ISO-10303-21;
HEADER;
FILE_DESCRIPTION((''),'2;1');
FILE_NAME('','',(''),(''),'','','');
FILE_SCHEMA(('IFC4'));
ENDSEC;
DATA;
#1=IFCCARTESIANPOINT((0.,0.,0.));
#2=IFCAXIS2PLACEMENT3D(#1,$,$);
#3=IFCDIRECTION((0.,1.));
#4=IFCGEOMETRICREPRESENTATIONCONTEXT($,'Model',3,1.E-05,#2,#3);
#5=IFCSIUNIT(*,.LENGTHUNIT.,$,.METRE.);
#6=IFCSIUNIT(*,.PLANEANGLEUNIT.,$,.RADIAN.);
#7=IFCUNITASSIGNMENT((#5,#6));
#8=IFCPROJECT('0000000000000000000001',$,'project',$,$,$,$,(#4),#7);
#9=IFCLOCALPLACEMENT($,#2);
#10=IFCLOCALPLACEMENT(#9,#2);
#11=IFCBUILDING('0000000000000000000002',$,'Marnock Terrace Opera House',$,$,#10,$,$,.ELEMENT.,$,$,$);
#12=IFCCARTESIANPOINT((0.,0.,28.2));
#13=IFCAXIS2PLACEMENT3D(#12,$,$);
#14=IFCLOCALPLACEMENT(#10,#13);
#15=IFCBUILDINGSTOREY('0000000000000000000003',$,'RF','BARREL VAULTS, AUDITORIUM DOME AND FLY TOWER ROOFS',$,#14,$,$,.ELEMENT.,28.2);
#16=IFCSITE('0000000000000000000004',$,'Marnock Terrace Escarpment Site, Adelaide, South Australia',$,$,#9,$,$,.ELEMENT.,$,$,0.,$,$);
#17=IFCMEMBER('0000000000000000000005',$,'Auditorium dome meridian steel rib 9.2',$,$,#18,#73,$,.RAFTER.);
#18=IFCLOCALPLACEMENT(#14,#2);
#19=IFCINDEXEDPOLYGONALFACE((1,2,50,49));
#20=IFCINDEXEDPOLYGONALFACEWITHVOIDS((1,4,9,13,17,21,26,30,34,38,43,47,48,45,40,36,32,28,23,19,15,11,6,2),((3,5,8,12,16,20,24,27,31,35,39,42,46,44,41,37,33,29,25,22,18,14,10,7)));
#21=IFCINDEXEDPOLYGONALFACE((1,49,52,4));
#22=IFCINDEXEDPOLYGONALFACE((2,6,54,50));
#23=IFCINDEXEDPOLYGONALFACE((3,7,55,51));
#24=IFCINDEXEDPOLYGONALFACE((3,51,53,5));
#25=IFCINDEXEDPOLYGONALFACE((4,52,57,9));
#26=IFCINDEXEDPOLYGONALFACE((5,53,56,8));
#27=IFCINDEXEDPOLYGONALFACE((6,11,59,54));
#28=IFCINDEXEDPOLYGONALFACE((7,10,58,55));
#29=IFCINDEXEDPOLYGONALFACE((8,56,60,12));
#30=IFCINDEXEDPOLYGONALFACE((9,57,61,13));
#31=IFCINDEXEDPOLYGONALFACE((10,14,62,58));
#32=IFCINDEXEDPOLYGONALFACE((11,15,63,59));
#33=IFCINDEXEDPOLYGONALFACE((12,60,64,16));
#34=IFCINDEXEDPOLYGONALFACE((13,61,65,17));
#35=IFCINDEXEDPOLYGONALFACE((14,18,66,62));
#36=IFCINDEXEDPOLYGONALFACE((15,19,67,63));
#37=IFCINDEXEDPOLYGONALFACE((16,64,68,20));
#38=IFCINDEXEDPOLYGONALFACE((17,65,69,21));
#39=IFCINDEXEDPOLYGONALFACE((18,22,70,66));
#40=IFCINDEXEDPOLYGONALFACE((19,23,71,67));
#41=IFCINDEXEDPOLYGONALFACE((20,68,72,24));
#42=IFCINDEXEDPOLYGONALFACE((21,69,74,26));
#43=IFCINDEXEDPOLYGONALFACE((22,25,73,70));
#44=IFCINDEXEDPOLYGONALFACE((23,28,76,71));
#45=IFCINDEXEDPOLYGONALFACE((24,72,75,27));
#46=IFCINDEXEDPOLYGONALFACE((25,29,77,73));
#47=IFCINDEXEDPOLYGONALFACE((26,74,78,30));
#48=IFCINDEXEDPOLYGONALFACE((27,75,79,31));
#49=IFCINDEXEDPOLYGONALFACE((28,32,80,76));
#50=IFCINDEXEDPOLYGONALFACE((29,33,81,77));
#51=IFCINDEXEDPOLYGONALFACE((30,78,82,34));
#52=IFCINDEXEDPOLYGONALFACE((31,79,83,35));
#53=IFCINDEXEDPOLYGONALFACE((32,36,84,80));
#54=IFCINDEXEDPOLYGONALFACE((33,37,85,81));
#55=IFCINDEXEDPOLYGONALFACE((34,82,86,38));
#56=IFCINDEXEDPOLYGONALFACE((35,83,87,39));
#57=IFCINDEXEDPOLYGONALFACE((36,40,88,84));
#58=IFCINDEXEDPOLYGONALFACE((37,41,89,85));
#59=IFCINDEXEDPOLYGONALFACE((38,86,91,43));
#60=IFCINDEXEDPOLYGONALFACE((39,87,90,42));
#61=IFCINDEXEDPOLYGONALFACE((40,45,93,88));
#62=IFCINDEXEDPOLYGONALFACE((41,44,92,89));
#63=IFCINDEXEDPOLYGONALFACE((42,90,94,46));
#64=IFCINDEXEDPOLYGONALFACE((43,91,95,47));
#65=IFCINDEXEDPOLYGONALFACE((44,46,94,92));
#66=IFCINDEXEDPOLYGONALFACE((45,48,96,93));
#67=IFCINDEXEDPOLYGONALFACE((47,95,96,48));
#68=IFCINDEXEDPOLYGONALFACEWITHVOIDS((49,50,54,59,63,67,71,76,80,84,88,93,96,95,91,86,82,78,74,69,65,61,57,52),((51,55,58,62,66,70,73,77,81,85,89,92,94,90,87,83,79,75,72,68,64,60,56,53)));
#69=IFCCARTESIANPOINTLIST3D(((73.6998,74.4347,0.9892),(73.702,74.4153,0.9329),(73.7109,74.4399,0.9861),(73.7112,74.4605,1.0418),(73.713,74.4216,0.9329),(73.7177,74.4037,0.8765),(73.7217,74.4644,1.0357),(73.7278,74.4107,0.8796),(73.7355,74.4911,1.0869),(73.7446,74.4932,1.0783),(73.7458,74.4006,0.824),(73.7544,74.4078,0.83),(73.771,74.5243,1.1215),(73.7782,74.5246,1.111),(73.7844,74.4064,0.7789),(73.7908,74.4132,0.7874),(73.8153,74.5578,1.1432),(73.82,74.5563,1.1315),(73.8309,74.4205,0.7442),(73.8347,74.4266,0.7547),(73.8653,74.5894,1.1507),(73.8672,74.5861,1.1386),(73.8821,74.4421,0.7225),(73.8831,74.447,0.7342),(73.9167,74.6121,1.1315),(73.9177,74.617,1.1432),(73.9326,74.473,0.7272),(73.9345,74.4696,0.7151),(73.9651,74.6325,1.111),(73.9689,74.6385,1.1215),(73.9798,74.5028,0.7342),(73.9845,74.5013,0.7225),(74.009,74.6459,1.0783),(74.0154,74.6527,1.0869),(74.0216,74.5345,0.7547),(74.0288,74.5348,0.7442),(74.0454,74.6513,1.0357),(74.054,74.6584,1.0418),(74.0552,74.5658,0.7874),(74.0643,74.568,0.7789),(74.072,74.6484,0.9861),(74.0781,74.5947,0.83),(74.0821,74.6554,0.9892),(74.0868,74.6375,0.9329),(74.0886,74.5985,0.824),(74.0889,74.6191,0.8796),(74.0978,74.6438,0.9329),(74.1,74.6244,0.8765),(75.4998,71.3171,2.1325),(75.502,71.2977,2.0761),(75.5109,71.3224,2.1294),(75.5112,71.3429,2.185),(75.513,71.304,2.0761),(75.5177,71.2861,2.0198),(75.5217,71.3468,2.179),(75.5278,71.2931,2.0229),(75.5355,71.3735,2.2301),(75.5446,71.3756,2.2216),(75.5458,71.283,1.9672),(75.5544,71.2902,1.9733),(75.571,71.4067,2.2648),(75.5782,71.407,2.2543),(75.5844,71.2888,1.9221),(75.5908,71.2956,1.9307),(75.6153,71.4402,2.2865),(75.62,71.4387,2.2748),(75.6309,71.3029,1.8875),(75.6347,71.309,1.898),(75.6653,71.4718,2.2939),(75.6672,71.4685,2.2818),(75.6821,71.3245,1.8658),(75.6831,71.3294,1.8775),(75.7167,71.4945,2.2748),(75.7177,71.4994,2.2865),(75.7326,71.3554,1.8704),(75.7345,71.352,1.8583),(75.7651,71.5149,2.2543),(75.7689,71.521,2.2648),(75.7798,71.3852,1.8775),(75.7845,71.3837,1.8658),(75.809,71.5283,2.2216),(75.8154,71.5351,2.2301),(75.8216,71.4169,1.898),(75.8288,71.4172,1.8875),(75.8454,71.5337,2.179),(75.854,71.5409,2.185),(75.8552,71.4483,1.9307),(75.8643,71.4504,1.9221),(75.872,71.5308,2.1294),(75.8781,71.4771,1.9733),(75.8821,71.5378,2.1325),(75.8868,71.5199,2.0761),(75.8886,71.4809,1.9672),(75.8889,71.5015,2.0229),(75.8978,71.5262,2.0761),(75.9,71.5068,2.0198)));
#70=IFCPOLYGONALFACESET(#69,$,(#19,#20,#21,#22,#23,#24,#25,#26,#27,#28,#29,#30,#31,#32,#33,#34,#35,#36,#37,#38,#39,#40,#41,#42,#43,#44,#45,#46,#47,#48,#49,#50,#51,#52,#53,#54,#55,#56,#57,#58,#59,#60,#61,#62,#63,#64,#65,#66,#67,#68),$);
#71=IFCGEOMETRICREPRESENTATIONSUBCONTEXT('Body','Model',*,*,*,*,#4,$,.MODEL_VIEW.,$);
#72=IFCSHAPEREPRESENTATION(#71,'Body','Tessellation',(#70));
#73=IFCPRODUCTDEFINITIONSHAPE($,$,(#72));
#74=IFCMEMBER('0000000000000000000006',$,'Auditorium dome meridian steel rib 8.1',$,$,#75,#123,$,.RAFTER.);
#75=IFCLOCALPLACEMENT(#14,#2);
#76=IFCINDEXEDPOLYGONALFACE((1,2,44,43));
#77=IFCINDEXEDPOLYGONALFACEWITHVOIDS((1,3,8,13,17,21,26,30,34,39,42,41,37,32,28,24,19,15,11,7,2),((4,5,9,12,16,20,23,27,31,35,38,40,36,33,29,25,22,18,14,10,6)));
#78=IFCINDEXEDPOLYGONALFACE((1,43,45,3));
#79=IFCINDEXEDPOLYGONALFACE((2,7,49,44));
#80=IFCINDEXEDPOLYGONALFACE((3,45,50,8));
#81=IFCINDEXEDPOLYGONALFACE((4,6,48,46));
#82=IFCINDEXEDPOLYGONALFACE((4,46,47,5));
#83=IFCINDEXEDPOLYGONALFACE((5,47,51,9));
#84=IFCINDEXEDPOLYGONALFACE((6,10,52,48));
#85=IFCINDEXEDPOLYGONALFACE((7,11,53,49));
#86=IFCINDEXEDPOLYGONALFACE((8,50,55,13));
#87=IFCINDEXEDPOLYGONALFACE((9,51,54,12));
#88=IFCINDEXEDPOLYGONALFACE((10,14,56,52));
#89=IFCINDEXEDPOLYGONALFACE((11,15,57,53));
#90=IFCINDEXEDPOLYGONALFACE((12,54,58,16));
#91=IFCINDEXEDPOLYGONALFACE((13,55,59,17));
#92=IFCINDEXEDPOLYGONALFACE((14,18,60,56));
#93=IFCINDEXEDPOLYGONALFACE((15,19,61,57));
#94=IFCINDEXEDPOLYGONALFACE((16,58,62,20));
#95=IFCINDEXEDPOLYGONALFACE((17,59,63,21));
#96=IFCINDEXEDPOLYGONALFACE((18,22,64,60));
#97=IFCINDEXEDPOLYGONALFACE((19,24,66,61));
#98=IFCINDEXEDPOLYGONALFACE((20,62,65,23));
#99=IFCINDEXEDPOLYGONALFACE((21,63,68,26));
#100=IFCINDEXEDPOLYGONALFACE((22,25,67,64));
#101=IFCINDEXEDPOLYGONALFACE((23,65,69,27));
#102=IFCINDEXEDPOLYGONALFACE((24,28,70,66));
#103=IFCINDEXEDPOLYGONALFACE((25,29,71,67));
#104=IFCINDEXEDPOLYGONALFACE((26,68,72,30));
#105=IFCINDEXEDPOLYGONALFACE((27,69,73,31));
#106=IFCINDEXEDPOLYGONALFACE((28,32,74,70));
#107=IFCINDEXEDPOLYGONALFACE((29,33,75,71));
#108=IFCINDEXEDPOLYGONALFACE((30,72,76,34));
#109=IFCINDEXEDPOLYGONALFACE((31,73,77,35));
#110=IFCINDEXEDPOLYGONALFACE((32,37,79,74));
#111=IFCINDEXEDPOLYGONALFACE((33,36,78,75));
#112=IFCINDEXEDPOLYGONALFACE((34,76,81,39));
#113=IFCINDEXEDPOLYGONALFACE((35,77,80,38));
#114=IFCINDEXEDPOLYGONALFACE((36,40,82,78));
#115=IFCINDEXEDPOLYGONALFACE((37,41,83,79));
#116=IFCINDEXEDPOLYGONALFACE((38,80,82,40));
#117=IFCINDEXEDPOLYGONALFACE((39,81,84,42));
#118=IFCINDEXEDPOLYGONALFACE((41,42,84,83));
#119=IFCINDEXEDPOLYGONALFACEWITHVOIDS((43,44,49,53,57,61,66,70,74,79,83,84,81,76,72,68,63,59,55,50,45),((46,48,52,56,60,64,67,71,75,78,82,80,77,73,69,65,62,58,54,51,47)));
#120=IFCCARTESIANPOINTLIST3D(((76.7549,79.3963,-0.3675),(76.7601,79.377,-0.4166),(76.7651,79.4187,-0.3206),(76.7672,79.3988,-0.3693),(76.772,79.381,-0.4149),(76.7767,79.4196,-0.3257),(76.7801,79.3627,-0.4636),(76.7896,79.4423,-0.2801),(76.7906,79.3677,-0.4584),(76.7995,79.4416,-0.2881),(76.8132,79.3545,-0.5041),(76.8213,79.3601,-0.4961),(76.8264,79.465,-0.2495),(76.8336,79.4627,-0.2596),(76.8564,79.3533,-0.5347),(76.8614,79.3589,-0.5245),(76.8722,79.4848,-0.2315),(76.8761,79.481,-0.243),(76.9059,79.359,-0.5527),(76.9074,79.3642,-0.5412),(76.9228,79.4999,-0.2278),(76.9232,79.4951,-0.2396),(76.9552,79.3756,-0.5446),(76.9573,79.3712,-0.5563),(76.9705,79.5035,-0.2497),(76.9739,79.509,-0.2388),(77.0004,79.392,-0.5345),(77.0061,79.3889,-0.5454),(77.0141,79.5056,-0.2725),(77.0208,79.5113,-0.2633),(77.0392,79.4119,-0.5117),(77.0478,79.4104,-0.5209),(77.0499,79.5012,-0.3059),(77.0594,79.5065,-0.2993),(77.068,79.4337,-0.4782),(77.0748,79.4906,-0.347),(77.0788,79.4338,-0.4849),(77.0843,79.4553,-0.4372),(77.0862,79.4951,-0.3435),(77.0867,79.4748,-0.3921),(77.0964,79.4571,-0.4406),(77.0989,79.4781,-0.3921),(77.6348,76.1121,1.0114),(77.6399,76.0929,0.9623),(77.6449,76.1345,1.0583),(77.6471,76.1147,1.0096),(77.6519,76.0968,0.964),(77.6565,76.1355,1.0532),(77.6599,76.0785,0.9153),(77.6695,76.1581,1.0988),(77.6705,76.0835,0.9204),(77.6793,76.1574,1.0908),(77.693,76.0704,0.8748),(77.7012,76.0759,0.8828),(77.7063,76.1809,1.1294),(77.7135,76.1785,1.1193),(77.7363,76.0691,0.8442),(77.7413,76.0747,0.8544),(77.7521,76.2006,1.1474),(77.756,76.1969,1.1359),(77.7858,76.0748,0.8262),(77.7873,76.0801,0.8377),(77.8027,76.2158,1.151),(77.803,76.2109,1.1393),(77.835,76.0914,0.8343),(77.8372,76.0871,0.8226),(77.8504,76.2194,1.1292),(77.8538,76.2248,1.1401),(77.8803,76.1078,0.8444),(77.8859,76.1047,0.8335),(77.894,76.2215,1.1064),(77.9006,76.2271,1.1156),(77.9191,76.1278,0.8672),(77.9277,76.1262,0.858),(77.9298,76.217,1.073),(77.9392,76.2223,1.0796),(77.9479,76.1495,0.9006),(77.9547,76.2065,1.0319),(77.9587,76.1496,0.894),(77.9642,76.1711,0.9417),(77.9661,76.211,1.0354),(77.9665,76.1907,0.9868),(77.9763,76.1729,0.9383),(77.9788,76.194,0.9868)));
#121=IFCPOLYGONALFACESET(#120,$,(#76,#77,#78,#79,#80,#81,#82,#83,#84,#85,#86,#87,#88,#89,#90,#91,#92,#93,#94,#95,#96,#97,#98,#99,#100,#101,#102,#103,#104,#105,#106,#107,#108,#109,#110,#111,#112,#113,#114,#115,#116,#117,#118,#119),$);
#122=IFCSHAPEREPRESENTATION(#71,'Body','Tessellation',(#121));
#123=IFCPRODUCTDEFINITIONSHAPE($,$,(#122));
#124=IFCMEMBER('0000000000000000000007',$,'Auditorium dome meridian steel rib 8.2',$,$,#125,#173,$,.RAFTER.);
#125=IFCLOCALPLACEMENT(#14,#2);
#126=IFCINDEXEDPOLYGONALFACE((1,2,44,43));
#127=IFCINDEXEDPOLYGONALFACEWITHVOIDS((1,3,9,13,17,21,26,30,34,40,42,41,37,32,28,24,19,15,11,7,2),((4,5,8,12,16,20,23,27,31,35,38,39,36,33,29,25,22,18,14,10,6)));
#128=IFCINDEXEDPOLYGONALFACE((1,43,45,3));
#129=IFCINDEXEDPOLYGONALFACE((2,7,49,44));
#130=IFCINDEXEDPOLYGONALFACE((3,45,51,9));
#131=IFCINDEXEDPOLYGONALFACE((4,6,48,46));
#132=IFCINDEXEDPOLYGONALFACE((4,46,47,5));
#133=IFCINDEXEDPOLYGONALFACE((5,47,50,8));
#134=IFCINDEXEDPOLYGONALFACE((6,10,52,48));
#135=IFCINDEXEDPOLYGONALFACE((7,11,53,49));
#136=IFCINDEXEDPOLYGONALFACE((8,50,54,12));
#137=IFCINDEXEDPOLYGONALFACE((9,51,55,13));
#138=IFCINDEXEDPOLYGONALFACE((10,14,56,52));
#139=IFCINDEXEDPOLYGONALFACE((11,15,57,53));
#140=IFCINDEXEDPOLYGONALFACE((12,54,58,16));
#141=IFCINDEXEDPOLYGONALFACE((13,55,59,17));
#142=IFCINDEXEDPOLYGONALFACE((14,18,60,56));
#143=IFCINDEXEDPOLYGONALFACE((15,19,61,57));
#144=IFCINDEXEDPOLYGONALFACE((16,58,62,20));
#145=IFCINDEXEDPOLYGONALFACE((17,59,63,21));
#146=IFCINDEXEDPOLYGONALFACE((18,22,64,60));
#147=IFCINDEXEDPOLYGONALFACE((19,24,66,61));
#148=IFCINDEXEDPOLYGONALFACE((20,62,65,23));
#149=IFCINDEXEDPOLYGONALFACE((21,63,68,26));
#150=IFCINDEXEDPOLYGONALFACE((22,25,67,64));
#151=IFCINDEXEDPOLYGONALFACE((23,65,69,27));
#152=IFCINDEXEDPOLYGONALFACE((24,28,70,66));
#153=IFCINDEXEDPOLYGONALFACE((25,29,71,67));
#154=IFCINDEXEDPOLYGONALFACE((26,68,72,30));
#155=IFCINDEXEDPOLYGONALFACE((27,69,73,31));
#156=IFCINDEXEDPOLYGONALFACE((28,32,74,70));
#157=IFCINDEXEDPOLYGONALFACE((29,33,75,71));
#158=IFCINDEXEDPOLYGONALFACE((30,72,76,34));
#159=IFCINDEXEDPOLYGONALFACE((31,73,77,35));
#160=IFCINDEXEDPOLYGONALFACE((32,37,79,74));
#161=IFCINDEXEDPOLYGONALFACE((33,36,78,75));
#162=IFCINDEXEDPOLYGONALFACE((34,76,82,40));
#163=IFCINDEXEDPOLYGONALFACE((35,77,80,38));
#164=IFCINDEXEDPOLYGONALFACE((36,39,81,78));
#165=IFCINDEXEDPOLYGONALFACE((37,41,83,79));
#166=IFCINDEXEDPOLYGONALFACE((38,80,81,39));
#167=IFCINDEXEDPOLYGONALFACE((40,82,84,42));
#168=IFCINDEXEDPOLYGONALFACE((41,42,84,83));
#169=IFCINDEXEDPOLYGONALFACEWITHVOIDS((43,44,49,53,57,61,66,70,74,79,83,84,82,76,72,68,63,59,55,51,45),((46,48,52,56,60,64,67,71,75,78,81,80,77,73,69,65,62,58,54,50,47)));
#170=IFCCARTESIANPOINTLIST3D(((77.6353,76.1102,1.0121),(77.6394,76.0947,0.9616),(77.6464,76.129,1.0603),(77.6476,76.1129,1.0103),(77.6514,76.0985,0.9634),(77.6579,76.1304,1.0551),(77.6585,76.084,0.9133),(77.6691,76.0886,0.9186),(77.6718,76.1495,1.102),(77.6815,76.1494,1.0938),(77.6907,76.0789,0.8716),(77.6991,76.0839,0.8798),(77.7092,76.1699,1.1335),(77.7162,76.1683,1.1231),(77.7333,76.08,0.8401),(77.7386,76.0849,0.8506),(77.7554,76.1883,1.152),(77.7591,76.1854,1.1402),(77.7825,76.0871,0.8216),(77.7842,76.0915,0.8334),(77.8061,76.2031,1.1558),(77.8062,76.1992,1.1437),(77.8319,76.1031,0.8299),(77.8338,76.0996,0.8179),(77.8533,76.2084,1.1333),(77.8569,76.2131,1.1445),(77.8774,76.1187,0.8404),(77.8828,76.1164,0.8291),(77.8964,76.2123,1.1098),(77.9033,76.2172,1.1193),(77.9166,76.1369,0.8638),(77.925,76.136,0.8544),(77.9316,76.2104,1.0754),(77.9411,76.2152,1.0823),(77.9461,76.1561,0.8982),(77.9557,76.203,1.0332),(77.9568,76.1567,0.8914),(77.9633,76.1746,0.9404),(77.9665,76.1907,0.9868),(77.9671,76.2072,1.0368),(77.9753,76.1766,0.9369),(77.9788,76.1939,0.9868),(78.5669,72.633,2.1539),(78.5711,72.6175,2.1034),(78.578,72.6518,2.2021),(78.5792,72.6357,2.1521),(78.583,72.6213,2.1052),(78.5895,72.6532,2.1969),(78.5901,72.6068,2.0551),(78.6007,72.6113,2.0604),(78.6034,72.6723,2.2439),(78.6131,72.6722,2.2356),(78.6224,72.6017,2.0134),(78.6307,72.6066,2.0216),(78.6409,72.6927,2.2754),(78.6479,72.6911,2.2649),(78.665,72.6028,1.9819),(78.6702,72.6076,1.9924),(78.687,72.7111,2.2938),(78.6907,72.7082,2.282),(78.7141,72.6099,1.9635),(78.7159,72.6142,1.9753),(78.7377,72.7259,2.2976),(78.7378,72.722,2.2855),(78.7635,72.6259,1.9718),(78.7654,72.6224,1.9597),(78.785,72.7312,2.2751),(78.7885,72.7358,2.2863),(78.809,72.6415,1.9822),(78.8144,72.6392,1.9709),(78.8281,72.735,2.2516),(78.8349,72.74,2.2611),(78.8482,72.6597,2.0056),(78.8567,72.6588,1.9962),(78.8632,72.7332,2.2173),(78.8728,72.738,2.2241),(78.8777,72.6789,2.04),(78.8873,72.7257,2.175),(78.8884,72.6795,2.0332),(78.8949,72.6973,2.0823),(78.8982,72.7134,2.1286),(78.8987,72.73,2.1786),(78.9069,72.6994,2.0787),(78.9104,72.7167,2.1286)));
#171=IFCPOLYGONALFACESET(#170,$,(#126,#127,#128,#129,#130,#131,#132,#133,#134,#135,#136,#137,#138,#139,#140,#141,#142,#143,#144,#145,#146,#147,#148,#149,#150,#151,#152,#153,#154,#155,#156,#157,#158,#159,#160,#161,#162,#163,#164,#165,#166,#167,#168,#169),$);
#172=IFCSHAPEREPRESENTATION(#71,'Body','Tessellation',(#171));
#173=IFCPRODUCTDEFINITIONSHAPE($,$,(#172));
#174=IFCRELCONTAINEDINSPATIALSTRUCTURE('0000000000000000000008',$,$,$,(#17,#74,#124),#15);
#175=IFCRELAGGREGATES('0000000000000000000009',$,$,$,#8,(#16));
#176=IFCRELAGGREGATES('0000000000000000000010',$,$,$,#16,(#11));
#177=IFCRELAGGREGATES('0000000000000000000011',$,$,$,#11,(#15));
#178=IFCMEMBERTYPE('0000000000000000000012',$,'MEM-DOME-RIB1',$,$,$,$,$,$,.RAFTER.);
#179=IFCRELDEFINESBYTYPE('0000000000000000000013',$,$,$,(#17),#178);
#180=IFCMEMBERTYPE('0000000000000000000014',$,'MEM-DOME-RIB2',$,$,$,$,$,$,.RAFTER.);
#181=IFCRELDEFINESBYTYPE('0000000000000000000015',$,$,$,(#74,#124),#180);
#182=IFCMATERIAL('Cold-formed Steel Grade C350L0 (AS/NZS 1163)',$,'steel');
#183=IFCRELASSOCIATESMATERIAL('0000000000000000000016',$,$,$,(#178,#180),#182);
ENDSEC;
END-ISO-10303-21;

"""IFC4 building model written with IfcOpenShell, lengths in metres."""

from ifc_helpers import new_model, si_unit, direction, frame, origin, origin_2d, place, context, subcontext, project, spatial, hollow_circle, extrude, material, material_profile, profile_set, type_object, element, save


model = new_model("IFC4")

# Units and contexts
model_context = context("Model", 3, precision=1e-05, world=origin(), true_north=direction((0.0, 1.0)))
body_context = subcontext(model_context, "Body", "Model", "MODEL_VIEW")
ifc_project = project(units=[si_unit("LENGTHUNIT", "METRE"), si_unit("PLANEANGLEUNIT", "RADIAN")], contexts=[model_context])

# Site, building, storey
site_placement = place(None, origin())
site = spatial("IfcSite", under=ifc_project, at=site_placement, Name="Marnock Terrace Escarpment Site, Adelaide, South Australia", CompositionType="ELEMENT", RefElevation=0.0)
building_placement = place(site_placement, origin())
building = spatial("IfcBuilding", under=site, at=building_placement, Name="Marnock Terrace Opera House", CompositionType="ELEMENT")
storey_placement = place(building_placement, frame((0.0, 0.0, 28.2)))
storey = spatial("IfcBuildingStorey", under=building, at=storey_placement, Name="RF", Description="BARREL VAULTS, AUDITORIUM DOME AND FLY TOWER ROOFS", CompositionType="ELEMENT", Elevation=28.2)

# Members
ifc_material_1 = material(Name="Cold-formed Steel Grade C350L0 (AS/NZS 1163)", Category="steel")
ifc_material_profile_1 = material_profile(ifc_material_1, hollow_circle(Radius=0.2285, WallThickness=0.0127, at=origin_2d()))
ifc_profile_set_1 = profile_set([ifc_material_profile_1], Name="Cold-formed Steel Grade C350L0 (AS/NZS 1163)")
member_type_1 = type_object("IfcMemberType", Name="MEM-DOME-RIB1", PredefinedType="RAFTER", material=ifc_profile_set_1)
member_1_placement = place(storey_placement, frame((73.8999, 74.5295, 0.9329), z_axis=(0.476556, -0.825393, 0.302687), x_axis=(0.866018, 0.500012, 0.0)))
element("IfcMember", 1, at=member_1_placement, inside=storey, type_object=member_type_1, Name="Auditorium dome meridian steel rib 9.2", PredefinedType="RAFTER", context=body_context, shape_type="SweptSolid", body=[
    extrude(hollow_circle(Radius=0.2285, WallThickness=0.0127, at=origin_2d()), origin(), (0.0, 0.0, 1.0), 3.7771),
])
ifc_material_profile_2 = material_profile(ifc_material_1, hollow_circle(Radius=0.1777, WallThickness=0.0127, at=origin_2d()))
ifc_profile_set_2 = profile_set([ifc_material_profile_2], Name="Cold-formed Steel Grade C350L0 (AS/NZS 1163)")
member_type_2 = type_object("IfcMemberType", Name="MEM-DOME-RIB2", PredefinedType="RAFTER", material=ifc_profile_set_2)
member_2_placement = place(storey_placement, frame((76.9272, 79.4321, -0.3921), z_axis=(0.239817, -0.895121, 0.375828), x_axis=(0.965934, 0.258789, 0.0)))
element("IfcMember", 2, at=member_2_placement, inside=storey, type_object=member_type_2, Name="Auditorium dome meridian steel rib 8.1", PredefinedType="RAFTER", context=body_context, shape_type="SweptSolid", body=[
    extrude(hollow_circle(Radius=0.1777, WallThickness=0.0127, at=origin_2d()), origin(), (0.0, 0.0, 1.0), 3.6689),
])
member_3_placement = place(storey_placement, frame((77.8071, 76.1479, 0.9868), z_axis=(0.246682, -0.920727, 0.302341), x_axis=(0.965933, 0.258794, 0.0)))
element("IfcMember", 3, at=member_3_placement, inside=storey, type_object=member_type_2, Name="Auditorium dome meridian steel rib 8.2", PredefinedType="RAFTER", context=body_context, shape_type="SweptSolid", body=[
    extrude(hollow_circle(Radius=0.1777, WallThickness=0.0127, at=origin_2d()), origin(), (0.0, 0.0, 1.0), 3.7766),
])

save(model, "model.ifc")
